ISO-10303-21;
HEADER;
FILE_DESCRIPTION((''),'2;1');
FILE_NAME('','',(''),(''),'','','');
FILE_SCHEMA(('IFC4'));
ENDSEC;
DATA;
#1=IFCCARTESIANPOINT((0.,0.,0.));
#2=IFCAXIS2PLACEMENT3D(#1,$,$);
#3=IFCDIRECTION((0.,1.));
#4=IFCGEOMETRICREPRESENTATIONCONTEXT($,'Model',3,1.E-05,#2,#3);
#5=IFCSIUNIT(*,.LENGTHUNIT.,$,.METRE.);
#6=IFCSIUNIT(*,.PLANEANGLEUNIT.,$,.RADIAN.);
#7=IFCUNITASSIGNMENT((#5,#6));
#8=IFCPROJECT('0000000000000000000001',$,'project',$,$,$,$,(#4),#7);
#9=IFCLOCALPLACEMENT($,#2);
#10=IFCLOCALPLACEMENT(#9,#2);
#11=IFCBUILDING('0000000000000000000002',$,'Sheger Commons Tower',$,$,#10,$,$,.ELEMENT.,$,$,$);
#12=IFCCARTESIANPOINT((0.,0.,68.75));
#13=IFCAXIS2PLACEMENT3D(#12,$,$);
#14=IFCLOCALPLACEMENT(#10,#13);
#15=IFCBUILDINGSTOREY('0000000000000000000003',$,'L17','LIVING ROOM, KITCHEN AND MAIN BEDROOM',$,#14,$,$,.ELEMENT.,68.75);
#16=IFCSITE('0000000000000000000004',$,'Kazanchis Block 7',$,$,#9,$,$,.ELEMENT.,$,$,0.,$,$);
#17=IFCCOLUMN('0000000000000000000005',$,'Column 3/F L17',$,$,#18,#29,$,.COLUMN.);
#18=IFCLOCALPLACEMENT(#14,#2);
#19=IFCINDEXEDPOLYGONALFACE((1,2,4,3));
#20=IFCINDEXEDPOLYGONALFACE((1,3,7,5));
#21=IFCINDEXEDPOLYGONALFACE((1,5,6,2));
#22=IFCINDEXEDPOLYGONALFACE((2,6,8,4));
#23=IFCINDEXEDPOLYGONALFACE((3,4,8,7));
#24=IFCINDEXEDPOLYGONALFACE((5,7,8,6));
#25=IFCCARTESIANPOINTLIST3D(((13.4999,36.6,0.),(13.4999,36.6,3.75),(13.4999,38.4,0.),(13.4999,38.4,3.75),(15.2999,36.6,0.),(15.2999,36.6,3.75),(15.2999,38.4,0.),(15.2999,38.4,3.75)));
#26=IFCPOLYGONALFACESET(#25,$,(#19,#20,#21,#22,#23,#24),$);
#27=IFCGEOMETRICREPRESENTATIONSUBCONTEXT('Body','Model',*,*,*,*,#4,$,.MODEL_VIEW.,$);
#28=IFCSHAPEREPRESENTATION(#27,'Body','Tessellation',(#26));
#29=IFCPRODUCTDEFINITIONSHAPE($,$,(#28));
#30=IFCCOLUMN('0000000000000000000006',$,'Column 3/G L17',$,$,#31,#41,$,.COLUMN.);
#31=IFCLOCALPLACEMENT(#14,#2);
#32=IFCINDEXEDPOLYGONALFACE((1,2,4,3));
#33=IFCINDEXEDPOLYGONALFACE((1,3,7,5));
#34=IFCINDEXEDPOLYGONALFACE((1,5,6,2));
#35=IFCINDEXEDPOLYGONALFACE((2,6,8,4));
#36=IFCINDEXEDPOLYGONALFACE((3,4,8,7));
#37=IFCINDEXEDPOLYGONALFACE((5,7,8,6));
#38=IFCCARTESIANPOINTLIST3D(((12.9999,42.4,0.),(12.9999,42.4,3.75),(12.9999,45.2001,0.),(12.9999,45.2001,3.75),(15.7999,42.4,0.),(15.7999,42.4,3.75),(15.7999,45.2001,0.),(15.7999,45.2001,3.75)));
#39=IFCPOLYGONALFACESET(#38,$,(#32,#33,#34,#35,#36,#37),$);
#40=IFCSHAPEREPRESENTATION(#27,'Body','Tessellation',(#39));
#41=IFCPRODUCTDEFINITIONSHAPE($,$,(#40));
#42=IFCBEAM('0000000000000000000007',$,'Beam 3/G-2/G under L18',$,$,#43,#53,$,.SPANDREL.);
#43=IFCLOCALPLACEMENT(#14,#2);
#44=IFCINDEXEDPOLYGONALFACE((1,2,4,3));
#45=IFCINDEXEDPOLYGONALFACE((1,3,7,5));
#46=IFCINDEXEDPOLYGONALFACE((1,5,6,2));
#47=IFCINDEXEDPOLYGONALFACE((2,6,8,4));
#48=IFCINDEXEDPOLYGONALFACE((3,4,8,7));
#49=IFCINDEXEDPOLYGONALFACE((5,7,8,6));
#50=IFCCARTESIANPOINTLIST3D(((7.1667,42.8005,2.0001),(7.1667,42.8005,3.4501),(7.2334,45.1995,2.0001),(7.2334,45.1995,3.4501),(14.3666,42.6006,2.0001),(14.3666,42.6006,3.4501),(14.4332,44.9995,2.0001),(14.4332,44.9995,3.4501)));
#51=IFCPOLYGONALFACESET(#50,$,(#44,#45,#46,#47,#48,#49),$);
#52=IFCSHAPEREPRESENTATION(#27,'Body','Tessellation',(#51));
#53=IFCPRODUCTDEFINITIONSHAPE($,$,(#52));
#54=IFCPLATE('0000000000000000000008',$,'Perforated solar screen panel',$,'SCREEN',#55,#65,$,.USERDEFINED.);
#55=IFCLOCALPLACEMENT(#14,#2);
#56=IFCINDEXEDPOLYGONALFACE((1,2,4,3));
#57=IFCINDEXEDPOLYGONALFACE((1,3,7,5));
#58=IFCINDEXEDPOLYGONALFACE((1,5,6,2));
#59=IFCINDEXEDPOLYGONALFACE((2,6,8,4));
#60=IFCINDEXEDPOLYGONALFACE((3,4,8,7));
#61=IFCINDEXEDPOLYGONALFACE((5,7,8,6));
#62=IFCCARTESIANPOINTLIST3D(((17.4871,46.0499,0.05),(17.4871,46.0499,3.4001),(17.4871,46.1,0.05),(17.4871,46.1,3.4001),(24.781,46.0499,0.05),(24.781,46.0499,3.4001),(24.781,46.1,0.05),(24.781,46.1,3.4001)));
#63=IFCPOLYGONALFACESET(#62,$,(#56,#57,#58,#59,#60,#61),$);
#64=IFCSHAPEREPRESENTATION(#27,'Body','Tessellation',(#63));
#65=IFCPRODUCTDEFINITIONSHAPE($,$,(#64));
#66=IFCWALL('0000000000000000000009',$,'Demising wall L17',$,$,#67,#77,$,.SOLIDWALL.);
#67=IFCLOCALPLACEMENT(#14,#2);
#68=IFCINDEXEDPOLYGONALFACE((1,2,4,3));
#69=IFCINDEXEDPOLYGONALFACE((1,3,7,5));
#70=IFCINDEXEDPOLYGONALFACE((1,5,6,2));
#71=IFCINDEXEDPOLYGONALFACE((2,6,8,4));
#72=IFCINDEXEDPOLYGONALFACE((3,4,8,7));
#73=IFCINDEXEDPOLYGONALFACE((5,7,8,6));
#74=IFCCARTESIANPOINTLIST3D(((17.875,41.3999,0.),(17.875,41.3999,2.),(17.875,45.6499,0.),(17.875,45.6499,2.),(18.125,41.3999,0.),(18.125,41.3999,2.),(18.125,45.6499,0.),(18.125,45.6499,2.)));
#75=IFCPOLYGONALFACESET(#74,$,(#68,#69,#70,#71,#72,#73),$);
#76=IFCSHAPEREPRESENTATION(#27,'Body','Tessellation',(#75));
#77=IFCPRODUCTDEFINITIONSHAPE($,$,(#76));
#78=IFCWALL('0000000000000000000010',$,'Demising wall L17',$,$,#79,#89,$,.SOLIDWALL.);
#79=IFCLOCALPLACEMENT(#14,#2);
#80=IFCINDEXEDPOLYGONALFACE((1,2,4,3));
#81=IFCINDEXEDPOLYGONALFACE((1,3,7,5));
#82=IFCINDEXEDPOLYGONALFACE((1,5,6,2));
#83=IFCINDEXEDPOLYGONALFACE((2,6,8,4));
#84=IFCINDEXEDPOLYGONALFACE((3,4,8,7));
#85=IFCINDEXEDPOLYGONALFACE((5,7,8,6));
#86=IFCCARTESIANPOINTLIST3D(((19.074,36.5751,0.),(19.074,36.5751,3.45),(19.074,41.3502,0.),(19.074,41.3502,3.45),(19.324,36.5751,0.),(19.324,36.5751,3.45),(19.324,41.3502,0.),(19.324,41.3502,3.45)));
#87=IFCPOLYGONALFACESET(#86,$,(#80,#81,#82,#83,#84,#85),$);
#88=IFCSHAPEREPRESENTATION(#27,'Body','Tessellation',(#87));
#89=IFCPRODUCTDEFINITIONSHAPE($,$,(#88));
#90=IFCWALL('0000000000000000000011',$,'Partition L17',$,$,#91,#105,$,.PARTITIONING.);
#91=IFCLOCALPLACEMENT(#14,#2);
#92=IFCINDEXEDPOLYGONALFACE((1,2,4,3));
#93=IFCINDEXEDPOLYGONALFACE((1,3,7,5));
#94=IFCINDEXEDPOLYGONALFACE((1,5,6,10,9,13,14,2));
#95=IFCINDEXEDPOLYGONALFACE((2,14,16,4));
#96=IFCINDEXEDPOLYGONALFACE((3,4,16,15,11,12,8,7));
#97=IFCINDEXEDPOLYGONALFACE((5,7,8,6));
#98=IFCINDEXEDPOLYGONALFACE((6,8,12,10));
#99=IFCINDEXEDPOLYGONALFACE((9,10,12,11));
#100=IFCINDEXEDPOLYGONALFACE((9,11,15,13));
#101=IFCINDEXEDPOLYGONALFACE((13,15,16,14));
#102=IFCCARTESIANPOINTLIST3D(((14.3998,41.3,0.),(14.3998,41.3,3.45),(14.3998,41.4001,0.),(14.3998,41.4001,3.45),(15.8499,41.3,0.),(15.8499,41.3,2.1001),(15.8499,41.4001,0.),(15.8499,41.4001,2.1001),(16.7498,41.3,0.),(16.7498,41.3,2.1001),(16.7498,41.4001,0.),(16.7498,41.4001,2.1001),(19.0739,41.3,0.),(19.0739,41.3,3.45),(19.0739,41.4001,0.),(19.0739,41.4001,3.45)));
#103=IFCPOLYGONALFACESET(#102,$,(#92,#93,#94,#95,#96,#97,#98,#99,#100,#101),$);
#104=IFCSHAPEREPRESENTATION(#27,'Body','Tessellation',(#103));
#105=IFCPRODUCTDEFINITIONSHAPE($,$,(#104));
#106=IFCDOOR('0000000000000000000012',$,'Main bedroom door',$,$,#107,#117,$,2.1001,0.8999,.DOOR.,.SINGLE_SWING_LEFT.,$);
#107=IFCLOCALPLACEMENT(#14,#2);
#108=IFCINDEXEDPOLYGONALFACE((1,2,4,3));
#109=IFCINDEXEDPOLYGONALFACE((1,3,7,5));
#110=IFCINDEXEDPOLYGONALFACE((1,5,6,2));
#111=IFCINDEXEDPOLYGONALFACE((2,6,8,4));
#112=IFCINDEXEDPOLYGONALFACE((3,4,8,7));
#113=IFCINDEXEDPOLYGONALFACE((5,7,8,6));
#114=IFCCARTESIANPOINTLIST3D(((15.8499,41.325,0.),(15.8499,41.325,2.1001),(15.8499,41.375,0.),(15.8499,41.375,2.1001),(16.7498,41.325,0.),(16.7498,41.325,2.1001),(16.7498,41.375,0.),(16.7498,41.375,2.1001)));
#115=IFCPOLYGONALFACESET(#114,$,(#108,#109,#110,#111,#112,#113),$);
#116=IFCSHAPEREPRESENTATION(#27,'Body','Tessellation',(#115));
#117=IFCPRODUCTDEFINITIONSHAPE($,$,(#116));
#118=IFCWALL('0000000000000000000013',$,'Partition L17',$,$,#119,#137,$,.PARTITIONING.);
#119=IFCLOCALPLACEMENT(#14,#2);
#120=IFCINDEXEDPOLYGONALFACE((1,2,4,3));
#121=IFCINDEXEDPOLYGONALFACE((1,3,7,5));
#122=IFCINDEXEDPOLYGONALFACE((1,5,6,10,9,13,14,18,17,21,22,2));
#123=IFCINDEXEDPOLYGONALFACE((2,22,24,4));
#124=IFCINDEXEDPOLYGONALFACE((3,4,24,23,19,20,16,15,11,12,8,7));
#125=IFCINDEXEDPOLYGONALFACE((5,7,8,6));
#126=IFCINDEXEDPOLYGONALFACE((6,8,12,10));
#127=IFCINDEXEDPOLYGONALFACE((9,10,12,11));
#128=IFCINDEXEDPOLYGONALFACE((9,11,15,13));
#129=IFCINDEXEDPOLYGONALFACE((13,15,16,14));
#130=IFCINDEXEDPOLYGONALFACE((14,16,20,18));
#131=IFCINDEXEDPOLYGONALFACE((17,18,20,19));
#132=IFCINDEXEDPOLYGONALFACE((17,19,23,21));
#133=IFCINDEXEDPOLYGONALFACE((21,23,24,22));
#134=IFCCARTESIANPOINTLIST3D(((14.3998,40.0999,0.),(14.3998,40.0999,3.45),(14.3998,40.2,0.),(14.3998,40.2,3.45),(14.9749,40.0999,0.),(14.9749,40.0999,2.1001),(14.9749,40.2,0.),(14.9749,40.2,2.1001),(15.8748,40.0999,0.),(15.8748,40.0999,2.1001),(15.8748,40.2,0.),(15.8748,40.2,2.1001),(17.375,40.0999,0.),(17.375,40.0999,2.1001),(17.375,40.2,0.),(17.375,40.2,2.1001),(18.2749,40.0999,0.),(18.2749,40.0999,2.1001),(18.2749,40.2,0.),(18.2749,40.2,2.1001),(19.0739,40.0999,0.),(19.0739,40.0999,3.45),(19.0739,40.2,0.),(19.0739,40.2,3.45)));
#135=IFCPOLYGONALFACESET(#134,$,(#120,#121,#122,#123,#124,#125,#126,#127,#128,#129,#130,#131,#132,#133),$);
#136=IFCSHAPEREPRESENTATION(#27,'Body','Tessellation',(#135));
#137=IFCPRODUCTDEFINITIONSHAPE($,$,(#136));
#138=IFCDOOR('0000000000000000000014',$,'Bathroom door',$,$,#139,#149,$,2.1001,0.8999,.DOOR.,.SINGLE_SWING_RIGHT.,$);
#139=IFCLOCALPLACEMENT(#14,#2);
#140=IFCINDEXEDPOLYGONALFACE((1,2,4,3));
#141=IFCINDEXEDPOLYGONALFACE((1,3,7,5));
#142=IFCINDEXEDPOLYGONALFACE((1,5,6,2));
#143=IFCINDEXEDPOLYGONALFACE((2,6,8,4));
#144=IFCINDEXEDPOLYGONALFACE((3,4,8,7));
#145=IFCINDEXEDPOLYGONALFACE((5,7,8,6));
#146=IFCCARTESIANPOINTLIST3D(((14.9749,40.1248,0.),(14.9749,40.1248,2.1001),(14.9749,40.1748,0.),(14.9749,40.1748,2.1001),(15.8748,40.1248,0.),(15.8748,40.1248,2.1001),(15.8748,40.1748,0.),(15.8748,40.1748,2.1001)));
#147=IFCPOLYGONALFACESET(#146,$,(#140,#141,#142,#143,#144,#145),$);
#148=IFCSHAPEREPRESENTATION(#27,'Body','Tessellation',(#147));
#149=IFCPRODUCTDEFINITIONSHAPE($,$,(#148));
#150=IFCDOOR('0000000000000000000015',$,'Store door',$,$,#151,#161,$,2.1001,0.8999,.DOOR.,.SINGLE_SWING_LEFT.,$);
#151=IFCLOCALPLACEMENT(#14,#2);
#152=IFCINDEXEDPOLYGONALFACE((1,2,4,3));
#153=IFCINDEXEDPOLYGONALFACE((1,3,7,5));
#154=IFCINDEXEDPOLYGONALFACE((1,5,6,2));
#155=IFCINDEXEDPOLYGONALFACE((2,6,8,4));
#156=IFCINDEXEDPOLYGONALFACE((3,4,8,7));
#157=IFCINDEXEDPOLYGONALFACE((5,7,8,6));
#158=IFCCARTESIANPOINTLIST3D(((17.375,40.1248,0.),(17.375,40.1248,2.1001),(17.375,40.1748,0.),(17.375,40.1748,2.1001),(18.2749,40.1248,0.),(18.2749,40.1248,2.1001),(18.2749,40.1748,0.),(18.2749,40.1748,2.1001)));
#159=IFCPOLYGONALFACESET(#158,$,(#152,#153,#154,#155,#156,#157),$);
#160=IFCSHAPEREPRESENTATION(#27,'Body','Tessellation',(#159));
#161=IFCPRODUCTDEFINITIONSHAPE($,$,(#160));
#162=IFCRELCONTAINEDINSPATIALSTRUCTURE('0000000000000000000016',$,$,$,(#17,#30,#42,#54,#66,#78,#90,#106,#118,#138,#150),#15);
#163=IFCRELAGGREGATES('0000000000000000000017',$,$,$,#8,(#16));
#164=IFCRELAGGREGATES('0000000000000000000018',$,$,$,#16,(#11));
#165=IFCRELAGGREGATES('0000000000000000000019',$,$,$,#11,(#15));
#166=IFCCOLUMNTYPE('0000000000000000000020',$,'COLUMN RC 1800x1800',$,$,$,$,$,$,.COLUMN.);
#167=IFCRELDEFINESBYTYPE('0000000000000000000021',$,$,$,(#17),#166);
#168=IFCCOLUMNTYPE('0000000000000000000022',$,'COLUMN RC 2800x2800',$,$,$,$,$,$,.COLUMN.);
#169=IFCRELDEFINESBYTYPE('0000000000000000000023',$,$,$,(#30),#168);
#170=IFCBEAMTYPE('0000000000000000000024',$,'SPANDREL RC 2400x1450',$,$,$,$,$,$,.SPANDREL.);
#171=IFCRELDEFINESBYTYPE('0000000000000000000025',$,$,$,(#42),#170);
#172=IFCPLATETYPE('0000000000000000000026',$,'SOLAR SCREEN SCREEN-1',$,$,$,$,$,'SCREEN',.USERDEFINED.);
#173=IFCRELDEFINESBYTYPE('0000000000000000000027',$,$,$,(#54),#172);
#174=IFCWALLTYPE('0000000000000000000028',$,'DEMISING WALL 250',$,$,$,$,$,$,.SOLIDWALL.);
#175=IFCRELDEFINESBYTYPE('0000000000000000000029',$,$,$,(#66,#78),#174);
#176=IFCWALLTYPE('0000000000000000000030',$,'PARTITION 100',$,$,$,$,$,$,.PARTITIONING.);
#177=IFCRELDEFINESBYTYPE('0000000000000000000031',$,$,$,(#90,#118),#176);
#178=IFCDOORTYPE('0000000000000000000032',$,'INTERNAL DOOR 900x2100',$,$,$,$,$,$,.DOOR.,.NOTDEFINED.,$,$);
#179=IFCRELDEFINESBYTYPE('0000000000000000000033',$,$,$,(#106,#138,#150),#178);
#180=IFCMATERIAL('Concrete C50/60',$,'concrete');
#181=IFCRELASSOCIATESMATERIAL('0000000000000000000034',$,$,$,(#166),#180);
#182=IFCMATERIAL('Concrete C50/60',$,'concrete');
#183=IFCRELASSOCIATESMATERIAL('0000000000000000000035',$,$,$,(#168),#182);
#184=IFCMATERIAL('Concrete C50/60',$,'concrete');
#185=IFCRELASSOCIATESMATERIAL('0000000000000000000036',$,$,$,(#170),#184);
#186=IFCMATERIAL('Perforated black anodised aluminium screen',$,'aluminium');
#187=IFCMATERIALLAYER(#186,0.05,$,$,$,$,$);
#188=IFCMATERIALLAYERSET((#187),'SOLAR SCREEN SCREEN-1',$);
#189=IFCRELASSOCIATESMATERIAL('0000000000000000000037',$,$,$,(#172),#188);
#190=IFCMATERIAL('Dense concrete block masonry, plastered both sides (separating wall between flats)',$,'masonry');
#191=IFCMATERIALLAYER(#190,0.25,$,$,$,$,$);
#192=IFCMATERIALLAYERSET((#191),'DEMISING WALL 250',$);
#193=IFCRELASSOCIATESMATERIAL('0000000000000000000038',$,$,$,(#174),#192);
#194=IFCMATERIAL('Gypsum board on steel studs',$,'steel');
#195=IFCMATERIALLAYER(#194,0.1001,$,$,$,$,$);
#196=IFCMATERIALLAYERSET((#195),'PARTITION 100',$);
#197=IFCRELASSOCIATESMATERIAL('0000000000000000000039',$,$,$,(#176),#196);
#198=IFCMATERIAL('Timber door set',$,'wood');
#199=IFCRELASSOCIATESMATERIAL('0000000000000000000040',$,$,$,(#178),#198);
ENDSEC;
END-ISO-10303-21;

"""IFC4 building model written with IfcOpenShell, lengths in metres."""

from ifc_helpers import new_model, si_unit, direction, frame, frame_2d, origin, origin_2d, place, context, subcontext, project, spatial, rectangle, extrude, material, layer, layer_set, material_profile, profile_set, type_object, element, fill, save


model = new_model("IFC4")

# Units and contexts
model_context = context("Model", 3, precision=1e-05, world=origin(), true_north=direction((0.0, 1.0)))
body_context = subcontext(model_context, "Body", "Model", "MODEL_VIEW")
ifc_project = project(units=[si_unit("LENGTHUNIT", "METRE"), si_unit("PLANEANGLEUNIT", "RADIAN")], contexts=[model_context])

# Site, building, storey
site_placement = place(None, origin())
site = spatial("IfcSite", under=ifc_project, at=site_placement, Name="Kazanchis Block 7", CompositionType="ELEMENT", RefElevation=0.0)
building_placement = place(site_placement, origin())
building = spatial("IfcBuilding", under=site, at=building_placement, Name="Sheger Commons Tower", CompositionType="ELEMENT")
storey_placement = place(building_placement, frame((0.0, 0.0, 68.75)))
storey = spatial("IfcBuildingStorey", under=building, at=storey_placement, Name="L17", Description="LIVING ROOM, KITCHEN AND MAIN BEDROOM", CompositionType="ELEMENT", Elevation=68.75)

# Columns
ifc_material_1 = material(Name="Concrete C50/60", Category="concrete")
ifc_material_profile_1 = material_profile(ifc_material_1, rectangle(XDim=1.8, YDim=1.8, at=origin_2d()), Name="RC 1800x1800")
ifc_profile_set_1 = profile_set([ifc_material_profile_1], Name="Concrete C50/60")
column_type_1 = type_object("IfcColumnType", Name="COLUMN RC 1800x1800", PredefinedType="COLUMN", material=ifc_profile_set_1)
column_1_placement = place(storey_placement, frame((14.3999, 37.5, 0.0), z_axis=(0.0, 0.0, 1.0), x_axis=(1.0, 0.0, 0.0)))
element("IfcColumn", 1, at=column_1_placement, inside=storey, type_object=column_type_1, Name="Column 3/F L17", PredefinedType="COLUMN", context=body_context, shape_type="SweptSolid", body=[
    extrude(rectangle(XDim=1.8, YDim=1.8, at=origin_2d()), origin(), (0.0, 0.0, 1.0), 3.75),
])
ifc_material_2 = material(Name="Concrete C50/60", Category="concrete")
ifc_material_profile_2 = material_profile(ifc_material_2, rectangle(XDim=2.8, YDim=2.8, at=origin_2d()), Name="RC 2800x2800")
ifc_profile_set_2 = profile_set([ifc_material_profile_2], Name="Concrete C50/60")
column_type_2 = type_object("IfcColumnType", Name="COLUMN RC 2800x2800", PredefinedType="COLUMN", material=ifc_profile_set_2)
column_2_placement = place(storey_placement, frame((14.3999, 43.8, 0.0), z_axis=(0.0, 0.0, 1.0), x_axis=(1.0, 0.0, 0.0)))
element("IfcColumn", 2, at=column_2_placement, inside=storey, type_object=column_type_2, Name="Column 3/G L17", PredefinedType="COLUMN", context=body_context, shape_type="SweptSolid", body=[
    extrude(rectangle(XDim=2.8, YDim=2.8, at=origin_2d()), origin(), (0.0, 0.0, 1.0), 3.75),
])

# Beam
ifc_material_3 = material(Name="Concrete C50/60", Category="concrete")
ifc_material_profile_3 = material_profile(ifc_material_3, rectangle(XDim=2.3999, YDim=1.45, at=origin_2d()), Name="RC 2400x1450")
ifc_profile_set_3 = profile_set([ifc_material_profile_3], Name="Concrete C50/60")
beam_type = type_object("IfcBeamType", Name="SPANDREL RC 2400x1450", PredefinedType="SPANDREL", material=ifc_profile_set_3)
beam_placement = place(storey_placement, frame((14.3999, 43.8, 2.7251), z_axis=(-0.999615, 0.02776, 0.0), x_axis=(-0.02776, -0.999615, 0.0)))
element("IfcBeam", 3, at=beam_placement, inside=storey, type_object=beam_type, Name="Beam 3/G-2/G under L18", PredefinedType="SPANDREL", context=body_context, shape_type="SweptSolid", body=[
    extrude(rectangle(XDim=2.3999, YDim=1.45, at=origin_2d()), origin(), (0.0, 0.0, 1.0), 7.2026),
])

# Plate
ifc_material_4 = material(Name="Perforated black anodised aluminium screen", Category="aluminium")
ifc_layer_1 = layer(ifc_material_4, 0.05)
ifc_layer_set_1 = layer_set([ifc_layer_1], Name="SOLAR SCREEN SCREEN-1")
plate_type = type_object("IfcPlateType", Name="SOLAR SCREEN SCREEN-1", ElementType="SCREEN", PredefinedType="USERDEFINED", material=ifc_layer_set_1)
plate_placement = place(storey_placement, frame((21.134, 46.075, 0.05), z_axis=(0.0, 0.0, 1.0), x_axis=(-1.0, 0.0, 0.0)))
element("IfcPlate", 4, at=plate_placement, inside=storey, type_object=plate_type, Name="Perforated solar screen panel", ObjectType="SCREEN", PredefinedType="USERDEFINED", context=body_context, shape_type="SweptSolid", body=[
    extrude(rectangle(XDim=7.2939, YDim=0.05, at=origin_2d()), origin(), (0.0, 0.0, 1.0), 3.3501),
])

# Walls
ifc_material_5 = material(Name="Dense concrete block masonry, plastered both sides (separating wall between flats)", Category="masonry")
ifc_layer_2 = layer(ifc_material_5, 0.25)
ifc_layer_set_2 = layer_set([ifc_layer_2], Name="DEMISING WALL 250")
wall_type_1 = type_object("IfcWallType", Name="DEMISING WALL 250", PredefinedType="SOLIDWALL", material=ifc_layer_set_2)
wall_1_placement = place(storey_placement, frame((18.0, 41.3999, 0.0), z_axis=(0.0, 0.0, 1.0), x_axis=(0.0, 1.0, 0.0)))
element("IfcWall", 5, at=wall_1_placement, inside=storey, type_object=wall_type_1, Name="Demising wall L17", PredefinedType="SOLIDWALL", context=body_context, shape_type="SweptSolid", body=[
    extrude(rectangle(XDim=4.25, YDim=0.25, at=frame_2d((2.125, 0.0))), origin(), (0.0, 0.0, 1.0), 2.0),
])
wall_2_placement = place(storey_placement, frame((19.199, 36.575, 0.0), z_axis=(0.0, 0.0, 1.0), x_axis=(0.0, 1.0, 0.0)))
element("IfcWall", 6, at=wall_2_placement, inside=storey, type_object=wall_type_1, Name="Demising wall L17", PredefinedType="SOLIDWALL", context=body_context, shape_type="SweptSolid", body=[
    extrude(rectangle(XDim=4.7751, YDim=0.25, at=frame_2d((2.3877, 0.0))), origin(), (0.0, 0.0, 1.0), 3.45),
])

# Wall, opening, door
ifc_material_6 = material(Name="Gypsum board on steel studs", Category="steel")
ifc_layer_3 = layer(ifc_material_6, 0.1001)
ifc_layer_set_3 = layer_set([ifc_layer_3], Name="PARTITION 100")
wall_type_2 = type_object("IfcWallType", Name="PARTITION 100", PredefinedType="PARTITIONING", material=ifc_layer_set_3)
wall_3_placement = place(storey_placement, frame((14.3999, 41.3501, 0.0), z_axis=(0.0, 0.0, 1.0), x_axis=(1.0, 0.0, 0.0)))
wall_3 = element("IfcWall", 7, at=wall_3_placement, inside=storey, type_object=wall_type_2, Name="Partition L17", PredefinedType="PARTITIONING", context=body_context, shape_type="SweptSolid", body=[
    extrude(rectangle(XDim=4.6741, YDim=0.1001, at=frame_2d((2.3369, 0.0))), origin(), (0.0, 0.0, 1.0), 3.45),
])
opening_1_placement = place(wall_3_placement, frame((1.45, 0.0, 0.0)))
opening_1 = element("IfcOpeningElement", 8, at=opening_1_placement, cuts=wall_3, PredefinedType="OPENING", context=body_context, shape_type="SweptSolid", body=[
    extrude(rectangle(XDim=0.8999, YDim=2.1001, at=frame_2d((0.45, 1.05))), frame((0.0, 0.0601, 0.0), z_axis=(0.0, -1.0, 0.0), x_axis=(1.0, 0.0, 0.0)), (0.0, 0.0, 1.0), 0.1201),
])
ifc_material_7 = material(Name="Timber door set", Category="wood")
door_type = type_object("IfcDoorType", Name="INTERNAL DOOR 900x2100", OperationType="NOTDEFINED", PredefinedType="DOOR", material=ifc_material_7)
door_1_placement = place(opening_1_placement, origin())
door_1 = element("IfcDoor", 9, at=door_1_placement, inside=storey, type_object=door_type, Name="Main bedroom door", OperationType="SINGLE_SWING_LEFT", OverallHeight=2.1001, OverallWidth=0.8999, PredefinedType="DOOR", context=body_context, shape_type="SweptSolid", body=[
    extrude(rectangle(XDim=0.8999, YDim=2.1001, at=frame_2d((0.45, 1.05))), frame((0.0, 0.0249, 0.0), z_axis=(0.0, -1.0, 0.0), x_axis=(1.0, 0.0, 0.0)), (0.0, 0.0, 1.0), 0.05),
])
fill(opening_1, door_1)

# Wall, openings, doors
wall_4_placement = place(storey_placement, frame((14.3999, 40.1499, 0.0), z_axis=(0.0, 0.0, 1.0), x_axis=(1.0, 0.0, 0.0)))
wall_4 = element("IfcWall", 10, at=wall_4_placement, inside=storey, type_object=wall_type_2, Name="Partition L17", PredefinedType="PARTITIONING", context=body_context, shape_type="SweptSolid", body=[
    extrude(rectangle(XDim=4.6741, YDim=0.1001, at=frame_2d((2.3369, 0.0))), origin(), (0.0, 0.0, 1.0), 3.45),
])
opening_2_placement = place(wall_4_placement, frame((0.575, 0.0, 0.0)))
opening_2 = element("IfcOpeningElement", 11, at=opening_2_placement, cuts=wall_4, PredefinedType="OPENING", context=body_context, shape_type="SweptSolid", body=[
    extrude(rectangle(XDim=0.8999, YDim=2.1001, at=frame_2d((0.45, 1.05))), frame((0.0, 0.0601, 0.0), z_axis=(0.0, -1.0, 0.0), x_axis=(1.0, 0.0, 0.0)), (0.0, 0.0, 1.0), 0.1201),
])
opening_3_placement = place(wall_4_placement, frame((2.9751, 0.0, 0.0)))
opening_3 = element("IfcOpeningElement", 12, at=opening_3_placement, cuts=wall_4, PredefinedType="OPENING", context=body_context, shape_type="SweptSolid", body=[
    extrude(rectangle(XDim=0.8999, YDim=2.1001, at=frame_2d((0.45, 1.05))), frame((0.0, 0.0601, 0.0), z_axis=(0.0, -1.0, 0.0), x_axis=(1.0, 0.0, 0.0)), (0.0, 0.0, 1.0), 0.1201),
])
door_2_placement = place(opening_2_placement, origin())
door_2 = element("IfcDoor", 13, at=door_2_placement, inside=storey, type_object=door_type, Name="Bathroom door", OperationType="SINGLE_SWING_RIGHT", OverallHeight=2.1001, OverallWidth=0.8999, PredefinedType="DOOR", context=body_context, shape_type="SweptSolid", body=[
    extrude(rectangle(XDim=0.8999, YDim=2.1001, at=frame_2d((0.45, 1.05))), frame((0.0, 0.0249, 0.0), z_axis=(0.0, -1.0, 0.0), x_axis=(1.0, 0.0, 0.0)), (0.0, 0.0, 1.0), 0.05),
])
fill(opening_2, door_2)
door_3_placement = place(opening_3_placement, origin())
door_3 = element("IfcDoor", 14, at=door_3_placement, inside=storey, type_object=door_type, Name="Store door", OperationType="SINGLE_SWING_LEFT", OverallHeight=2.1001, OverallWidth=0.8999, PredefinedType="DOOR", context=body_context, shape_type="SweptSolid", body=[
    extrude(rectangle(XDim=0.8999, YDim=2.1001, at=frame_2d((0.45, 1.05))), frame((0.0, 0.0249, 0.0), z_axis=(0.0, -1.0, 0.0), x_axis=(1.0, 0.0, 0.0)), (0.0, 0.0, 1.0), 0.05),
])
fill(opening_3, door_3)

save(model, "model.ifc")
